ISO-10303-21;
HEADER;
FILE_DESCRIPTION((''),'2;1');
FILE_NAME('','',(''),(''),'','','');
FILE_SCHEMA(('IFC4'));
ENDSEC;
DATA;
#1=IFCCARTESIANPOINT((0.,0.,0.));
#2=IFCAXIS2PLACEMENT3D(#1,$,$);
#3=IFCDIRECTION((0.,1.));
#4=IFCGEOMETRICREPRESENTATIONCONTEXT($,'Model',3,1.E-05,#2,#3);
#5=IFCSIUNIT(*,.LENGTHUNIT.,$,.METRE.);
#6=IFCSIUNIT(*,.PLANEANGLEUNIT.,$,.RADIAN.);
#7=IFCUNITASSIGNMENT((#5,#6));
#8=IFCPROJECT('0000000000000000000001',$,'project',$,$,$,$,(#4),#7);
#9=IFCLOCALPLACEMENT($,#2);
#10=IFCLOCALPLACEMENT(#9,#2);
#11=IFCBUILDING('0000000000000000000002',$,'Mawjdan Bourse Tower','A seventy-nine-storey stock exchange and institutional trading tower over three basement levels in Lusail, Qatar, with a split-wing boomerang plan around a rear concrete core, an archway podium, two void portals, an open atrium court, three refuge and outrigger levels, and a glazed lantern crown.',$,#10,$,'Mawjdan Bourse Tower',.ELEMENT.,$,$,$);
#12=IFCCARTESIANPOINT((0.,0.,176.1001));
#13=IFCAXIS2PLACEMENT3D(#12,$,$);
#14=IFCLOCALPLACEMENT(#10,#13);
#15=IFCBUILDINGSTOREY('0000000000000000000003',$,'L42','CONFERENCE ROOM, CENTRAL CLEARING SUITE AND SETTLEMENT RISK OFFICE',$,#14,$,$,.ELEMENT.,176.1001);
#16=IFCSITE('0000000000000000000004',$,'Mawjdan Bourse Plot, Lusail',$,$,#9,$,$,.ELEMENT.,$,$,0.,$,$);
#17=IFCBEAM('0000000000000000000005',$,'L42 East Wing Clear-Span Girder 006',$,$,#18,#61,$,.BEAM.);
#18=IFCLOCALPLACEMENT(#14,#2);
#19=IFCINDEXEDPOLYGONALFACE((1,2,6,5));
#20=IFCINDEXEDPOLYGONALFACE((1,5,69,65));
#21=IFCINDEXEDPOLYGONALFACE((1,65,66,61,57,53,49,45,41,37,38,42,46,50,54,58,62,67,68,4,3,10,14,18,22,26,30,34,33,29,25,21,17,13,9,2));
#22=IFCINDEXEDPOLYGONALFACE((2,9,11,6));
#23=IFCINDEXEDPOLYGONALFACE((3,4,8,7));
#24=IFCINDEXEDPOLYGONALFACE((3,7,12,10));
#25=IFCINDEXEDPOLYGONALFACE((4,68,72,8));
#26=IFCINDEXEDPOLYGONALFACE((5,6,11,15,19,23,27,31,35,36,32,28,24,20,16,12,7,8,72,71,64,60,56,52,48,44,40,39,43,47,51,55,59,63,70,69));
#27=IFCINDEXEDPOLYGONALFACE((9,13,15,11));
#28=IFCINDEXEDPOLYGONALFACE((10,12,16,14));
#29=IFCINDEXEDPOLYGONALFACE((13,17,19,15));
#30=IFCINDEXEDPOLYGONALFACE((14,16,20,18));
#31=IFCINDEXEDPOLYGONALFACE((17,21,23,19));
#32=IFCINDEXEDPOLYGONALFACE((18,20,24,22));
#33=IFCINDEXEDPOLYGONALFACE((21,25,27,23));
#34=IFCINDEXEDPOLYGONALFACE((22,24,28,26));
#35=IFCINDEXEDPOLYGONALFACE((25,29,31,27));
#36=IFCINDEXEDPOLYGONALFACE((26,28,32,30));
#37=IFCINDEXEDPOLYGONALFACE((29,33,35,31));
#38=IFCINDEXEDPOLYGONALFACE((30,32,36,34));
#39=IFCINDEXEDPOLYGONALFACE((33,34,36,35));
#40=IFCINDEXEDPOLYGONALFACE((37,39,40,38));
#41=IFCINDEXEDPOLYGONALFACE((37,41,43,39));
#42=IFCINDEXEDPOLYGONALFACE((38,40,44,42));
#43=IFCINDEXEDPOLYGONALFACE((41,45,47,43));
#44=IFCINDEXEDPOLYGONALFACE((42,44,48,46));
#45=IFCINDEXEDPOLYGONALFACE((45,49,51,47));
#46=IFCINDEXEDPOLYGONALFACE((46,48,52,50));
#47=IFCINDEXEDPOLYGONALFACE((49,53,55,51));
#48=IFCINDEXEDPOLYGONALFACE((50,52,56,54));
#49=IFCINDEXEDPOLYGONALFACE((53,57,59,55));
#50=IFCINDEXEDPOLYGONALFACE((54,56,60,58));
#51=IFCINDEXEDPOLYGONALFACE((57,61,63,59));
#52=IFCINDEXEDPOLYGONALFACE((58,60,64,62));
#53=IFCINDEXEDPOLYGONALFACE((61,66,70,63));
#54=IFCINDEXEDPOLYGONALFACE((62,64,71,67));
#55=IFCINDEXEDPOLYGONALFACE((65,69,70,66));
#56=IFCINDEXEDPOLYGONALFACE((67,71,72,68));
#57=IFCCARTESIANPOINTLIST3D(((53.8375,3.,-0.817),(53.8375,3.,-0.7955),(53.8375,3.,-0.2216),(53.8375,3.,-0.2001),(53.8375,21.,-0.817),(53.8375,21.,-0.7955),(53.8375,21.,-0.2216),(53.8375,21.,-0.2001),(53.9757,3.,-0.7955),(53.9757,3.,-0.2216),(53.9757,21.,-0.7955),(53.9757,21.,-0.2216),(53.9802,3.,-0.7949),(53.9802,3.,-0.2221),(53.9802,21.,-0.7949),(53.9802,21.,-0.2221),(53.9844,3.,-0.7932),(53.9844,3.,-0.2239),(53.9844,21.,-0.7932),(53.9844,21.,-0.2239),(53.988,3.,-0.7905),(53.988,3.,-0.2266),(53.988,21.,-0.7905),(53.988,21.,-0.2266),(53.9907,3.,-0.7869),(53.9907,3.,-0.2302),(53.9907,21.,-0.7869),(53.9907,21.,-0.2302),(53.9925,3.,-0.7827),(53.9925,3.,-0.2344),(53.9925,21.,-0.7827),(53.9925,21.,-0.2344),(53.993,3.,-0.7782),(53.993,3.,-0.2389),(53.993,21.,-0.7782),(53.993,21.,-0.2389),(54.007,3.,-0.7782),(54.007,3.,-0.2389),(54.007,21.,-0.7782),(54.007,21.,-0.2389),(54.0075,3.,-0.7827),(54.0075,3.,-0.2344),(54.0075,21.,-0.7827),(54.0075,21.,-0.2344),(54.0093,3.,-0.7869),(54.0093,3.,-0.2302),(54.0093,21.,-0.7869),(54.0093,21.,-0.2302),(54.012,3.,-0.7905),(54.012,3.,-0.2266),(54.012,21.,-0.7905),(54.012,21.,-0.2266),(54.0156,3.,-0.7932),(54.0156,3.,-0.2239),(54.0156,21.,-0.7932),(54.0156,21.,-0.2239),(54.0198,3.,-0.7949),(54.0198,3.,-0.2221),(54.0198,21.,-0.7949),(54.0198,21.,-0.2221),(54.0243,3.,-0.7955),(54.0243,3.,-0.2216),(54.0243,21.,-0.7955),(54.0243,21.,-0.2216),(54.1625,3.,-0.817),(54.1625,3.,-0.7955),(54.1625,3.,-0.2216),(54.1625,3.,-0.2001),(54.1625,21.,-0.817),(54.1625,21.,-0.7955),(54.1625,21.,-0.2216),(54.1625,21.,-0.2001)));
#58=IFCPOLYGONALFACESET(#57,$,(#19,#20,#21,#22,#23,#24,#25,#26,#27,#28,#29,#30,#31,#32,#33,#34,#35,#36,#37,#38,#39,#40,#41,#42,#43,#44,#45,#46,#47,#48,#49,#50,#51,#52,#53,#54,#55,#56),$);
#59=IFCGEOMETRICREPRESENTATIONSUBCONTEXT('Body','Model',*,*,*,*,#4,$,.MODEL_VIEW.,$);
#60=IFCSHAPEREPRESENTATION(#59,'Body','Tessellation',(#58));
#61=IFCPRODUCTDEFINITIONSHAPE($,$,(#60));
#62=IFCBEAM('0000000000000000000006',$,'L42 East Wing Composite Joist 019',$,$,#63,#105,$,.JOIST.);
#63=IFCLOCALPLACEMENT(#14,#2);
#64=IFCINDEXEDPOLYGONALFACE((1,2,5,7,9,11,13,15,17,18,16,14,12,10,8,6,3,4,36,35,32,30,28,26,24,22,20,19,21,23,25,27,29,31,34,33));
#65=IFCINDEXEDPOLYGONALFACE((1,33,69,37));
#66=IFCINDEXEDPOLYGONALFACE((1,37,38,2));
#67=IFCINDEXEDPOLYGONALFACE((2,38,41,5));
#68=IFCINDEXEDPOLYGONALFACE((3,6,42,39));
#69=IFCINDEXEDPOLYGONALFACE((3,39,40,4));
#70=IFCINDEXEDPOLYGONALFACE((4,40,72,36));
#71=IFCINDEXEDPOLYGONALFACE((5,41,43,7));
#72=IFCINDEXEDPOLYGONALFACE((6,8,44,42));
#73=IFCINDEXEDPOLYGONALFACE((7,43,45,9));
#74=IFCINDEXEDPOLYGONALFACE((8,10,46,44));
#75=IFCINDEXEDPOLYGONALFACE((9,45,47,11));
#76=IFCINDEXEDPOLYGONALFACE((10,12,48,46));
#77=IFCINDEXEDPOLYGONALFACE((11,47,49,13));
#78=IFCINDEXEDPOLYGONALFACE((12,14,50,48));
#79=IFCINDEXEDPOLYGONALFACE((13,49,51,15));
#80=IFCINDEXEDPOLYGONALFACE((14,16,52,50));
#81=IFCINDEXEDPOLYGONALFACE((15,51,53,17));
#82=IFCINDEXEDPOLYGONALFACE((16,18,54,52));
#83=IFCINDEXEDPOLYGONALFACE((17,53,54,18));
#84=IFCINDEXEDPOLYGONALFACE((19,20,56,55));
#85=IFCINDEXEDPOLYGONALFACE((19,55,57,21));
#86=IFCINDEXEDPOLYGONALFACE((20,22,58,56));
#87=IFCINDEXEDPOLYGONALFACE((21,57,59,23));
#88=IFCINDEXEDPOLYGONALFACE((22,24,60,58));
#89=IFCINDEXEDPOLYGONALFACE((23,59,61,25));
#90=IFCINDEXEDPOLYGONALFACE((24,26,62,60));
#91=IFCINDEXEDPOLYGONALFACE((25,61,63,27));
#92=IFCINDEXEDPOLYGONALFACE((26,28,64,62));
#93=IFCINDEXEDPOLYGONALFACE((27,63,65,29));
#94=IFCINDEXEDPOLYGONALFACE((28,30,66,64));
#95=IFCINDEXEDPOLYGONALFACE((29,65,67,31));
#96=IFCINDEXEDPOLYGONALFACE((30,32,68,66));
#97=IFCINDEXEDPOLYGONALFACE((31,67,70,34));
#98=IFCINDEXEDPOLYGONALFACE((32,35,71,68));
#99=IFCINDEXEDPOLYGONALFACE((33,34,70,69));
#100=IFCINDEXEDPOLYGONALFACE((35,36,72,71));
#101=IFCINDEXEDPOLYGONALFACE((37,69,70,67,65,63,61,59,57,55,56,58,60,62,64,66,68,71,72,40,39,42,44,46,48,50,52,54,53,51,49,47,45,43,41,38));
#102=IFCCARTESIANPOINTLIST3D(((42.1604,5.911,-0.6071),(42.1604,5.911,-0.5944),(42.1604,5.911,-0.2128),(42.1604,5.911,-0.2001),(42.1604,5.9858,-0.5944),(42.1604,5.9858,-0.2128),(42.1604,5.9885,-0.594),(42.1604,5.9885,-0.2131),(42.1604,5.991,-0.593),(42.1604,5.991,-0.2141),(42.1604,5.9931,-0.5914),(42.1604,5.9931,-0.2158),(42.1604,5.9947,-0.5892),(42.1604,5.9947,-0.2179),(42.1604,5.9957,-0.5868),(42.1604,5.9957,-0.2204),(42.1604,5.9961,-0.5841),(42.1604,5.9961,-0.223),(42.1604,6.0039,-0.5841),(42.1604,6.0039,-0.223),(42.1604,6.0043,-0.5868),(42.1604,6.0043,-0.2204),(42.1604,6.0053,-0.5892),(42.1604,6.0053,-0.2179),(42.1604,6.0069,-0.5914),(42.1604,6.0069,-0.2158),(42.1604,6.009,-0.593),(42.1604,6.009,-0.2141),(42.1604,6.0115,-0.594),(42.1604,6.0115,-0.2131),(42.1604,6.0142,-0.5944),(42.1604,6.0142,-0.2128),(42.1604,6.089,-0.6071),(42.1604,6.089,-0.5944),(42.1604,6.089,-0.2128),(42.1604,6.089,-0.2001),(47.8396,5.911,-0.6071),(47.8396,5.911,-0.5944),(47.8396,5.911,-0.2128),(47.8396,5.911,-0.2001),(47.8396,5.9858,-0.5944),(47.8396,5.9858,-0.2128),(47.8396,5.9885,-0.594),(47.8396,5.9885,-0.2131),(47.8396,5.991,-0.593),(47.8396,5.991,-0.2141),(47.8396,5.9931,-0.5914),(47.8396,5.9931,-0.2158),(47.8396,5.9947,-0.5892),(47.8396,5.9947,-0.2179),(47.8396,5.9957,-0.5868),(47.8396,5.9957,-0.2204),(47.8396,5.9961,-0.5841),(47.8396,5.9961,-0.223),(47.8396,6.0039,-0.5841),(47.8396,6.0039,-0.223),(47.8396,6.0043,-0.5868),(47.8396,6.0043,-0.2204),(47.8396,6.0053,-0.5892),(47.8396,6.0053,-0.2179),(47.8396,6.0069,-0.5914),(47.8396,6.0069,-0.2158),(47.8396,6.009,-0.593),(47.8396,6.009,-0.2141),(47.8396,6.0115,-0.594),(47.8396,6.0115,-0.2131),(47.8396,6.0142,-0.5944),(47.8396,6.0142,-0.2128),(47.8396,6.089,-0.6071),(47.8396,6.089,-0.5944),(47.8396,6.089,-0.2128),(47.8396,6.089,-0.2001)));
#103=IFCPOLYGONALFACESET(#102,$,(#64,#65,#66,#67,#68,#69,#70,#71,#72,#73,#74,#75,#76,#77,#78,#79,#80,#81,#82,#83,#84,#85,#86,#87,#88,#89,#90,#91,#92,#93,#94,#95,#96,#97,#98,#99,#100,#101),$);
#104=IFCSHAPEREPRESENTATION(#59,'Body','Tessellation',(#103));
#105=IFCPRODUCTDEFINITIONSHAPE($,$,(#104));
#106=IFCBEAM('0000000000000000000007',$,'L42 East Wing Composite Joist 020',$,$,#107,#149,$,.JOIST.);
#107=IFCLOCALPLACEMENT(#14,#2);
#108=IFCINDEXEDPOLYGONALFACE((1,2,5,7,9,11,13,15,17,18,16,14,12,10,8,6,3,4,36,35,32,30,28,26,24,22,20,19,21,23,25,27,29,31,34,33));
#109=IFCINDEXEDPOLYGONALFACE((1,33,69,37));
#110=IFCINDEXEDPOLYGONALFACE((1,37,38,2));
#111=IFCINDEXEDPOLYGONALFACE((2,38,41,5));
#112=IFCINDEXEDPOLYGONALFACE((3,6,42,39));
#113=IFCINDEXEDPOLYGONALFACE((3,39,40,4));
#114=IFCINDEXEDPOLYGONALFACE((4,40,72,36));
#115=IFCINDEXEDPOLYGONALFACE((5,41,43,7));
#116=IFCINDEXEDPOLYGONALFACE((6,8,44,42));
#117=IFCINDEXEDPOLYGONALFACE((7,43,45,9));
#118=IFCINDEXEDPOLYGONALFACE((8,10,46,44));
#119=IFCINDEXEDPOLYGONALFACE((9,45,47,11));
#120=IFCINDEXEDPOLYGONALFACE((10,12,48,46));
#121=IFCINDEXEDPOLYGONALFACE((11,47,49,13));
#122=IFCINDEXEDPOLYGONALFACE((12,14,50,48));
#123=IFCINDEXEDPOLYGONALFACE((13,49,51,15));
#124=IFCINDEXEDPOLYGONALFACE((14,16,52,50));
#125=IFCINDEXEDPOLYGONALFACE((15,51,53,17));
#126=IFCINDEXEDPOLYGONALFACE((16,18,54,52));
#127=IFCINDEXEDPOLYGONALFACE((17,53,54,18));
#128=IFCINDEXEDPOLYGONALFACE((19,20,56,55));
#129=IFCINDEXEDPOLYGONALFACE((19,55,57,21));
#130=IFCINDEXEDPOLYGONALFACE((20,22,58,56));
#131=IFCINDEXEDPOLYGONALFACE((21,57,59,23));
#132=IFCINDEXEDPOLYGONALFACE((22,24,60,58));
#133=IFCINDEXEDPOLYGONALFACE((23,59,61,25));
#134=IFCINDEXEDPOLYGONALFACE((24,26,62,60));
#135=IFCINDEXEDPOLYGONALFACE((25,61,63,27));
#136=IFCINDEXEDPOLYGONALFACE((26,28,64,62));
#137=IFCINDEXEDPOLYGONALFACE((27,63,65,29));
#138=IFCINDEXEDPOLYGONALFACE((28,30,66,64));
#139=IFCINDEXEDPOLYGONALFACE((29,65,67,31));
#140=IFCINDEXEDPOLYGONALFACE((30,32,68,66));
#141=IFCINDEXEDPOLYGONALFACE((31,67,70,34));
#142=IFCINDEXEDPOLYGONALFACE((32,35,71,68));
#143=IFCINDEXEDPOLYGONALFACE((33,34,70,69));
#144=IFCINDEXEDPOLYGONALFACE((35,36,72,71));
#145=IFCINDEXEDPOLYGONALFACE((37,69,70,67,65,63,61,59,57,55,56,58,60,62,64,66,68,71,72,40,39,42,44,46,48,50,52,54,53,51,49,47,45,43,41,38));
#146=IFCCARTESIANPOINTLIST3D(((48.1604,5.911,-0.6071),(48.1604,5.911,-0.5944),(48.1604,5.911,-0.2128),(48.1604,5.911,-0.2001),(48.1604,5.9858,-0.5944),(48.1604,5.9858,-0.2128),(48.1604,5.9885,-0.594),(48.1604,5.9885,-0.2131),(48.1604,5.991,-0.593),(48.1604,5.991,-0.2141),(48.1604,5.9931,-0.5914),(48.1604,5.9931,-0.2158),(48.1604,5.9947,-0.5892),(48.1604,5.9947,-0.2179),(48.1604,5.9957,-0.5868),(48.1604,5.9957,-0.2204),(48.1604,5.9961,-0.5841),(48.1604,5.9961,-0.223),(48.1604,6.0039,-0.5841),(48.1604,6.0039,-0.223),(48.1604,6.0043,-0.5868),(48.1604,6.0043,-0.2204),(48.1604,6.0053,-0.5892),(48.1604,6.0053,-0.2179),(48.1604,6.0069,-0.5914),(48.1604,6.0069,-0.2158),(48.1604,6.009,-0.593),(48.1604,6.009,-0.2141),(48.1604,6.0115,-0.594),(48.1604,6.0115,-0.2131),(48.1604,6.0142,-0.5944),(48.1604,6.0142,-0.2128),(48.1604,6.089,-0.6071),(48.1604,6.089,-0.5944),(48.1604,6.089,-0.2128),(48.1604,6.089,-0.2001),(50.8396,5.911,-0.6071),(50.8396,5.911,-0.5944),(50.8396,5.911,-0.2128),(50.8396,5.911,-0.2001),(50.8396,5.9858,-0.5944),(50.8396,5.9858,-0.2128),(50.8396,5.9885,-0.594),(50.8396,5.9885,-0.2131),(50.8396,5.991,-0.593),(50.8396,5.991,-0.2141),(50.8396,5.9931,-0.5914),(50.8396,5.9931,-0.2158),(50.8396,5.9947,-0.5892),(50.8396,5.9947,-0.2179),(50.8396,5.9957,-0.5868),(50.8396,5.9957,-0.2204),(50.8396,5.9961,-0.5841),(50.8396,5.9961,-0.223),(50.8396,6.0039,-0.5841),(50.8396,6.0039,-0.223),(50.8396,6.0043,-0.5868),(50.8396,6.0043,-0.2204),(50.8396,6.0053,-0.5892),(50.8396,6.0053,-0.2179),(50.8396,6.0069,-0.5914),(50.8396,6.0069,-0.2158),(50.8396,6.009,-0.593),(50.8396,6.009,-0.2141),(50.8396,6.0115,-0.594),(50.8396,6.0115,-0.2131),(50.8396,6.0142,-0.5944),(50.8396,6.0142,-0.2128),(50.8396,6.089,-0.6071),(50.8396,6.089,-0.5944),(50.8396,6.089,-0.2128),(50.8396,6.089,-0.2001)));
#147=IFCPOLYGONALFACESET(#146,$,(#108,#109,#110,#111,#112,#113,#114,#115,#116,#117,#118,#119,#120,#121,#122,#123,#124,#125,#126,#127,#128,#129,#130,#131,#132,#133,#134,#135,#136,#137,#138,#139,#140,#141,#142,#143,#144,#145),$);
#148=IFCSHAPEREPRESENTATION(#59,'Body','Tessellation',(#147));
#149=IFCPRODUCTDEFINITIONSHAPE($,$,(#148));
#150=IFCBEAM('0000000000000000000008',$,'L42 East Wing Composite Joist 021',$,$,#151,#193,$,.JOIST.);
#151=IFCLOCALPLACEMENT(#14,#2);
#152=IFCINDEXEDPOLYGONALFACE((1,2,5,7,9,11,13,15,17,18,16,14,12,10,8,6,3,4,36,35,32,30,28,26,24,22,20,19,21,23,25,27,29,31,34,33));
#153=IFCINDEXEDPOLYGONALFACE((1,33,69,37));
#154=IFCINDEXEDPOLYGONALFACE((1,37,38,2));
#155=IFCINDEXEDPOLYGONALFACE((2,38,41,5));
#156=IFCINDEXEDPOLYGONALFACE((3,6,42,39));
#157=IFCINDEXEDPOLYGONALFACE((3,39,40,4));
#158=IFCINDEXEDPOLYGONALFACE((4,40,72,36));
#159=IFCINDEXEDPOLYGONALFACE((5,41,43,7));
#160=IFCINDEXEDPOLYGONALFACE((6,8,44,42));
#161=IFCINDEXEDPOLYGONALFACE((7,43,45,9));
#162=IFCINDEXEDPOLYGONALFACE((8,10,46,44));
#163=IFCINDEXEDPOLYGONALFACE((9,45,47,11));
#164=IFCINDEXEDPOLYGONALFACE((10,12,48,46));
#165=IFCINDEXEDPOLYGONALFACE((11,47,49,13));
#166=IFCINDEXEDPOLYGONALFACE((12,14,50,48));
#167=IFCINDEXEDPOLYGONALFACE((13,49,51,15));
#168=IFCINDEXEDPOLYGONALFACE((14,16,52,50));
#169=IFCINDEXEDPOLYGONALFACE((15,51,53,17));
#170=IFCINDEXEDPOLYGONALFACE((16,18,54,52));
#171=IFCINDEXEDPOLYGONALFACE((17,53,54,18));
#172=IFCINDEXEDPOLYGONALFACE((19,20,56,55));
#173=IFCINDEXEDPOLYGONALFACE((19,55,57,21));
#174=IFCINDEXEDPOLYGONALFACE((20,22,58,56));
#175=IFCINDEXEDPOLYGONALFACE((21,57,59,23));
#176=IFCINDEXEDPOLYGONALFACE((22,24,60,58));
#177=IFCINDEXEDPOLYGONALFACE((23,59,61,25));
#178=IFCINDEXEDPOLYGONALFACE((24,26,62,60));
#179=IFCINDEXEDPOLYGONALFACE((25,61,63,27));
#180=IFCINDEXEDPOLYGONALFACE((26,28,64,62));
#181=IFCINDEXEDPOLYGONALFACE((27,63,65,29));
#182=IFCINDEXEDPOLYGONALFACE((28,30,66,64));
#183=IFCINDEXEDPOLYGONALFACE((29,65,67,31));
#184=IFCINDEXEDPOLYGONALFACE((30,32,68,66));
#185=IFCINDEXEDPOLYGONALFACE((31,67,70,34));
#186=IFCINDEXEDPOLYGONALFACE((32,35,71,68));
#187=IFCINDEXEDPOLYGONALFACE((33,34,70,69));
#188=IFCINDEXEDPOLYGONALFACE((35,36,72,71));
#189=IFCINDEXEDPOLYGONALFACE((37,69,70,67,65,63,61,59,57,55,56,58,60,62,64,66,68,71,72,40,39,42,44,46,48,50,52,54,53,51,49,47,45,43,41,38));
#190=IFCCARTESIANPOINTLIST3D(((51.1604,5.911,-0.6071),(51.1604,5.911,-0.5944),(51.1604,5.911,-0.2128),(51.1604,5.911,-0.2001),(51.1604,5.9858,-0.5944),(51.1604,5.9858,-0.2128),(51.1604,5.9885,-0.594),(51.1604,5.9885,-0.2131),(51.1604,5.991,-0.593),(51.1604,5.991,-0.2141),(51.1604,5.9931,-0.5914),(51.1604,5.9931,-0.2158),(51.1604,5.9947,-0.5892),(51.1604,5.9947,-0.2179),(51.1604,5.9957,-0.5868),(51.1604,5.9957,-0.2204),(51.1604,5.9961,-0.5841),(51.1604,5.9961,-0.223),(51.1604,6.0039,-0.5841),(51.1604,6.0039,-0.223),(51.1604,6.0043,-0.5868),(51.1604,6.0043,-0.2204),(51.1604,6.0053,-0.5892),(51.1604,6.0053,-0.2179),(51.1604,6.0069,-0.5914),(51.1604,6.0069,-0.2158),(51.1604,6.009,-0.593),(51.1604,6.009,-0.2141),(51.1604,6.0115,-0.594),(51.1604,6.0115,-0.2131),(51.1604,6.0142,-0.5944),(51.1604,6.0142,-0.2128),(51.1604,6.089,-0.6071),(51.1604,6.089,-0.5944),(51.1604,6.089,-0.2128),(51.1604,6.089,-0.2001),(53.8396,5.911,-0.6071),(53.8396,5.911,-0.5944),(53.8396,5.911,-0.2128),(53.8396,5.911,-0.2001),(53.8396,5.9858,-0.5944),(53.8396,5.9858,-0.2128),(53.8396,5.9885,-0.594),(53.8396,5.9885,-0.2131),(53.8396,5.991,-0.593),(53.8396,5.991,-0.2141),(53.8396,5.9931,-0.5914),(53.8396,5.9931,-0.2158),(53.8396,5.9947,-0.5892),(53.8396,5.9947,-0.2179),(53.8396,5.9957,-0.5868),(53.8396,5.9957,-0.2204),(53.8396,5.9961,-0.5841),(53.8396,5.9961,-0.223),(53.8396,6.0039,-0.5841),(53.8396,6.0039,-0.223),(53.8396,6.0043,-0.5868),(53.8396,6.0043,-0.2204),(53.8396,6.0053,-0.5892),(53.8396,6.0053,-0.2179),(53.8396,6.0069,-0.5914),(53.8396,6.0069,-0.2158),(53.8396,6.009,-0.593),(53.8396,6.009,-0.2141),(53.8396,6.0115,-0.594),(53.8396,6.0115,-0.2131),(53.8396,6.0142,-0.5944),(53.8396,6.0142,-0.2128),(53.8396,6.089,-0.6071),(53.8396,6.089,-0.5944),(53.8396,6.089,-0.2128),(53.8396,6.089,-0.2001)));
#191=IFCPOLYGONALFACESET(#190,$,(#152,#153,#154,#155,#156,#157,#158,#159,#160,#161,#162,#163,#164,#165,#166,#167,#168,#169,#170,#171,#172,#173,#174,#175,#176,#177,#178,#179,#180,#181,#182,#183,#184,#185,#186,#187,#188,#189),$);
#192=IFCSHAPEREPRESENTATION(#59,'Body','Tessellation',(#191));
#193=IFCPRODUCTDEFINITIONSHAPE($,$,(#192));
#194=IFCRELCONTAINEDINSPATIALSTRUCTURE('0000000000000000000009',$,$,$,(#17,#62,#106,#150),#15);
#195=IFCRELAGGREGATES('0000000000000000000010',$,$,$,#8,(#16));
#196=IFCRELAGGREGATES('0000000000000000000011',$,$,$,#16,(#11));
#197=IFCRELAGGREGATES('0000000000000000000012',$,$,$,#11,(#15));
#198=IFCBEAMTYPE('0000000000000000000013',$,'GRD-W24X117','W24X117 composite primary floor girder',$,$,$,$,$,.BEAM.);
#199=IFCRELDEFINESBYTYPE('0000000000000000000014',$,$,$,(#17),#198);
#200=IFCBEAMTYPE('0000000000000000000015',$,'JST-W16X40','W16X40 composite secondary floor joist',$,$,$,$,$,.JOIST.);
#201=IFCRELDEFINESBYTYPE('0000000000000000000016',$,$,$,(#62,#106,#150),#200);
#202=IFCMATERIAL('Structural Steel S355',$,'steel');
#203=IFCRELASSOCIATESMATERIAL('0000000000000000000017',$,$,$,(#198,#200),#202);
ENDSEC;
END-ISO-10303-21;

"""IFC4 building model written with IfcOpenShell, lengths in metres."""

from ifc_helpers import new_model, si_unit, direction, frame, origin, origin_2d, place, context, subcontext, project, spatial, i_section, extrude, material, material_profile, profile_set, type_object, element, save


model = new_model("IFC4")

# Units and contexts
model_context = context("Model", 3, precision=1e-05, world=origin(), true_north=direction((0.0, 1.0)))
body_context = subcontext(model_context, "Body", "Model", "MODEL_VIEW")
ifc_project = project(units=[si_unit("LENGTHUNIT", "METRE"), si_unit("PLANEANGLEUNIT", "RADIAN")], contexts=[model_context])

# Site, building, storey
site_placement = place(None, origin())
site = spatial("IfcSite", under=ifc_project, at=site_placement, Name="Mawjdan Bourse Plot, Lusail", CompositionType="ELEMENT", RefElevation=0.0)
building_placement = place(site_placement, origin())
building = spatial("IfcBuilding", under=site, at=building_placement, Name="Mawjdan Bourse Tower", Description="A seventy-nine-storey stock exchange and institutional trading tower over three basement levels in Lusail, Qatar, with a split-wing boomerang plan around a rear concrete core, an archway podium, two void portals, an open atrium court, three refuge and outrigger levels, and a glazed lantern crown.", LongName="Mawjdan Bourse Tower", CompositionType="ELEMENT")
storey_placement = place(building_placement, frame((0.0, 0.0, 176.1001)))
storey = spatial("IfcBuildingStorey", under=building, at=storey_placement, Name="L42", Description="CONFERENCE ROOM, CENTRAL CLEARING SUITE AND SETTLEMENT RISK OFFICE", CompositionType="ELEMENT", Elevation=176.1001)

# Beams
ifc_material_1 = material(Name="Structural Steel S355", Category="steel")
ifc_material_profile_1 = material_profile(ifc_material_1, i_section(OverallWidth=0.325, OverallDepth=0.6169, WebThickness=0.0139, FlangeThickness=0.0215, FilletRadius=0.0173, at=origin_2d()), Name="W24X117")
ifc_profile_set_1 = profile_set([ifc_material_profile_1], Name="Structural Steel S355")
beam_type_1 = type_object("IfcBeamType", Name="GRD-W24X117", Description="W24X117 composite primary floor girder", PredefinedType="BEAM", material=ifc_profile_set_1)
for number, where, z_axis, x_axis, name in (
    (1, (54.0, 3.0, -0.5085), (0.0, 1.0, 0.0), (-1.0, 0.0, 0.0), "L42 East Wing Clear-Span Girder 006"),
):
    element("IfcBeam", number, at=place(storey_placement, frame(where, z_axis=z_axis, x_axis=x_axis)), inside=storey, type_object=beam_type_1, Name=name, PredefinedType="BEAM", context=body_context, shape_type="SweptSolid", body=[
        extrude(i_section(OverallWidth=0.325, OverallDepth=0.6169, WebThickness=0.0139, FlangeThickness=0.0215, FilletRadius=0.0173, at=origin_2d()), origin(), (0.0, 0.0, 1.0), 18.0),
    ])
ifc_material_profile_2 = material_profile(ifc_material_1, i_section(OverallWidth=0.178, OverallDepth=0.407, WebThickness=0.0078, FlangeThickness=0.0127, FilletRadius=0.0103, at=origin_2d()), Name="W16X40")
ifc_profile_set_2 = profile_set([ifc_material_profile_2], Name="Structural Steel S355")
beam_type_2 = type_object("IfcBeamType", Name="JST-W16X40", Description="W16X40 composite secondary floor joist", PredefinedType="JOIST", material=ifc_profile_set_2)
beam_1_placement = place(storey_placement, frame((42.1604, 6.0, -0.4036), z_axis=(1.0, 0.0, 0.0), x_axis=(0.0, 1.0, 0.0)))
element("IfcBeam", 2, at=beam_1_placement, inside=storey, type_object=beam_type_2, Name="L42 East Wing Composite Joist 019", PredefinedType="JOIST", context=body_context, shape_type="SweptSolid", body=[
    extrude(i_section(OverallWidth=0.178, OverallDepth=0.407, WebThickness=0.0078, FlangeThickness=0.0127, FilletRadius=0.0103, at=origin_2d()), origin(), (0.0, 0.0, 1.0), 5.6792),
])
for number, where, z_axis, x_axis, name in (
    (3, (48.1604, 6.0, -0.4036), (1.0, 0.0, 0.0), (0.0, 1.0, 0.0), "L42 East Wing Composite Joist 020"),
    (4, (51.1604, 6.0, -0.4036), (1.0, 0.0, 0.0), (0.0, 1.0, 0.0), "L42 East Wing Composite Joist 021"),
):
    element("IfcBeam", number, at=place(storey_placement, frame(where, z_axis=z_axis, x_axis=x_axis)), inside=storey, type_object=beam_type_2, Name=name, PredefinedType="JOIST", context=body_context, shape_type="SweptSolid", body=[
        extrude(i_section(OverallWidth=0.178, OverallDepth=0.407, WebThickness=0.0078, FlangeThickness=0.0127, FilletRadius=0.0103, at=origin_2d()), origin(), (0.0, 0.0, 1.0), 2.6792),
    ])

save(model, "model.ifc")
